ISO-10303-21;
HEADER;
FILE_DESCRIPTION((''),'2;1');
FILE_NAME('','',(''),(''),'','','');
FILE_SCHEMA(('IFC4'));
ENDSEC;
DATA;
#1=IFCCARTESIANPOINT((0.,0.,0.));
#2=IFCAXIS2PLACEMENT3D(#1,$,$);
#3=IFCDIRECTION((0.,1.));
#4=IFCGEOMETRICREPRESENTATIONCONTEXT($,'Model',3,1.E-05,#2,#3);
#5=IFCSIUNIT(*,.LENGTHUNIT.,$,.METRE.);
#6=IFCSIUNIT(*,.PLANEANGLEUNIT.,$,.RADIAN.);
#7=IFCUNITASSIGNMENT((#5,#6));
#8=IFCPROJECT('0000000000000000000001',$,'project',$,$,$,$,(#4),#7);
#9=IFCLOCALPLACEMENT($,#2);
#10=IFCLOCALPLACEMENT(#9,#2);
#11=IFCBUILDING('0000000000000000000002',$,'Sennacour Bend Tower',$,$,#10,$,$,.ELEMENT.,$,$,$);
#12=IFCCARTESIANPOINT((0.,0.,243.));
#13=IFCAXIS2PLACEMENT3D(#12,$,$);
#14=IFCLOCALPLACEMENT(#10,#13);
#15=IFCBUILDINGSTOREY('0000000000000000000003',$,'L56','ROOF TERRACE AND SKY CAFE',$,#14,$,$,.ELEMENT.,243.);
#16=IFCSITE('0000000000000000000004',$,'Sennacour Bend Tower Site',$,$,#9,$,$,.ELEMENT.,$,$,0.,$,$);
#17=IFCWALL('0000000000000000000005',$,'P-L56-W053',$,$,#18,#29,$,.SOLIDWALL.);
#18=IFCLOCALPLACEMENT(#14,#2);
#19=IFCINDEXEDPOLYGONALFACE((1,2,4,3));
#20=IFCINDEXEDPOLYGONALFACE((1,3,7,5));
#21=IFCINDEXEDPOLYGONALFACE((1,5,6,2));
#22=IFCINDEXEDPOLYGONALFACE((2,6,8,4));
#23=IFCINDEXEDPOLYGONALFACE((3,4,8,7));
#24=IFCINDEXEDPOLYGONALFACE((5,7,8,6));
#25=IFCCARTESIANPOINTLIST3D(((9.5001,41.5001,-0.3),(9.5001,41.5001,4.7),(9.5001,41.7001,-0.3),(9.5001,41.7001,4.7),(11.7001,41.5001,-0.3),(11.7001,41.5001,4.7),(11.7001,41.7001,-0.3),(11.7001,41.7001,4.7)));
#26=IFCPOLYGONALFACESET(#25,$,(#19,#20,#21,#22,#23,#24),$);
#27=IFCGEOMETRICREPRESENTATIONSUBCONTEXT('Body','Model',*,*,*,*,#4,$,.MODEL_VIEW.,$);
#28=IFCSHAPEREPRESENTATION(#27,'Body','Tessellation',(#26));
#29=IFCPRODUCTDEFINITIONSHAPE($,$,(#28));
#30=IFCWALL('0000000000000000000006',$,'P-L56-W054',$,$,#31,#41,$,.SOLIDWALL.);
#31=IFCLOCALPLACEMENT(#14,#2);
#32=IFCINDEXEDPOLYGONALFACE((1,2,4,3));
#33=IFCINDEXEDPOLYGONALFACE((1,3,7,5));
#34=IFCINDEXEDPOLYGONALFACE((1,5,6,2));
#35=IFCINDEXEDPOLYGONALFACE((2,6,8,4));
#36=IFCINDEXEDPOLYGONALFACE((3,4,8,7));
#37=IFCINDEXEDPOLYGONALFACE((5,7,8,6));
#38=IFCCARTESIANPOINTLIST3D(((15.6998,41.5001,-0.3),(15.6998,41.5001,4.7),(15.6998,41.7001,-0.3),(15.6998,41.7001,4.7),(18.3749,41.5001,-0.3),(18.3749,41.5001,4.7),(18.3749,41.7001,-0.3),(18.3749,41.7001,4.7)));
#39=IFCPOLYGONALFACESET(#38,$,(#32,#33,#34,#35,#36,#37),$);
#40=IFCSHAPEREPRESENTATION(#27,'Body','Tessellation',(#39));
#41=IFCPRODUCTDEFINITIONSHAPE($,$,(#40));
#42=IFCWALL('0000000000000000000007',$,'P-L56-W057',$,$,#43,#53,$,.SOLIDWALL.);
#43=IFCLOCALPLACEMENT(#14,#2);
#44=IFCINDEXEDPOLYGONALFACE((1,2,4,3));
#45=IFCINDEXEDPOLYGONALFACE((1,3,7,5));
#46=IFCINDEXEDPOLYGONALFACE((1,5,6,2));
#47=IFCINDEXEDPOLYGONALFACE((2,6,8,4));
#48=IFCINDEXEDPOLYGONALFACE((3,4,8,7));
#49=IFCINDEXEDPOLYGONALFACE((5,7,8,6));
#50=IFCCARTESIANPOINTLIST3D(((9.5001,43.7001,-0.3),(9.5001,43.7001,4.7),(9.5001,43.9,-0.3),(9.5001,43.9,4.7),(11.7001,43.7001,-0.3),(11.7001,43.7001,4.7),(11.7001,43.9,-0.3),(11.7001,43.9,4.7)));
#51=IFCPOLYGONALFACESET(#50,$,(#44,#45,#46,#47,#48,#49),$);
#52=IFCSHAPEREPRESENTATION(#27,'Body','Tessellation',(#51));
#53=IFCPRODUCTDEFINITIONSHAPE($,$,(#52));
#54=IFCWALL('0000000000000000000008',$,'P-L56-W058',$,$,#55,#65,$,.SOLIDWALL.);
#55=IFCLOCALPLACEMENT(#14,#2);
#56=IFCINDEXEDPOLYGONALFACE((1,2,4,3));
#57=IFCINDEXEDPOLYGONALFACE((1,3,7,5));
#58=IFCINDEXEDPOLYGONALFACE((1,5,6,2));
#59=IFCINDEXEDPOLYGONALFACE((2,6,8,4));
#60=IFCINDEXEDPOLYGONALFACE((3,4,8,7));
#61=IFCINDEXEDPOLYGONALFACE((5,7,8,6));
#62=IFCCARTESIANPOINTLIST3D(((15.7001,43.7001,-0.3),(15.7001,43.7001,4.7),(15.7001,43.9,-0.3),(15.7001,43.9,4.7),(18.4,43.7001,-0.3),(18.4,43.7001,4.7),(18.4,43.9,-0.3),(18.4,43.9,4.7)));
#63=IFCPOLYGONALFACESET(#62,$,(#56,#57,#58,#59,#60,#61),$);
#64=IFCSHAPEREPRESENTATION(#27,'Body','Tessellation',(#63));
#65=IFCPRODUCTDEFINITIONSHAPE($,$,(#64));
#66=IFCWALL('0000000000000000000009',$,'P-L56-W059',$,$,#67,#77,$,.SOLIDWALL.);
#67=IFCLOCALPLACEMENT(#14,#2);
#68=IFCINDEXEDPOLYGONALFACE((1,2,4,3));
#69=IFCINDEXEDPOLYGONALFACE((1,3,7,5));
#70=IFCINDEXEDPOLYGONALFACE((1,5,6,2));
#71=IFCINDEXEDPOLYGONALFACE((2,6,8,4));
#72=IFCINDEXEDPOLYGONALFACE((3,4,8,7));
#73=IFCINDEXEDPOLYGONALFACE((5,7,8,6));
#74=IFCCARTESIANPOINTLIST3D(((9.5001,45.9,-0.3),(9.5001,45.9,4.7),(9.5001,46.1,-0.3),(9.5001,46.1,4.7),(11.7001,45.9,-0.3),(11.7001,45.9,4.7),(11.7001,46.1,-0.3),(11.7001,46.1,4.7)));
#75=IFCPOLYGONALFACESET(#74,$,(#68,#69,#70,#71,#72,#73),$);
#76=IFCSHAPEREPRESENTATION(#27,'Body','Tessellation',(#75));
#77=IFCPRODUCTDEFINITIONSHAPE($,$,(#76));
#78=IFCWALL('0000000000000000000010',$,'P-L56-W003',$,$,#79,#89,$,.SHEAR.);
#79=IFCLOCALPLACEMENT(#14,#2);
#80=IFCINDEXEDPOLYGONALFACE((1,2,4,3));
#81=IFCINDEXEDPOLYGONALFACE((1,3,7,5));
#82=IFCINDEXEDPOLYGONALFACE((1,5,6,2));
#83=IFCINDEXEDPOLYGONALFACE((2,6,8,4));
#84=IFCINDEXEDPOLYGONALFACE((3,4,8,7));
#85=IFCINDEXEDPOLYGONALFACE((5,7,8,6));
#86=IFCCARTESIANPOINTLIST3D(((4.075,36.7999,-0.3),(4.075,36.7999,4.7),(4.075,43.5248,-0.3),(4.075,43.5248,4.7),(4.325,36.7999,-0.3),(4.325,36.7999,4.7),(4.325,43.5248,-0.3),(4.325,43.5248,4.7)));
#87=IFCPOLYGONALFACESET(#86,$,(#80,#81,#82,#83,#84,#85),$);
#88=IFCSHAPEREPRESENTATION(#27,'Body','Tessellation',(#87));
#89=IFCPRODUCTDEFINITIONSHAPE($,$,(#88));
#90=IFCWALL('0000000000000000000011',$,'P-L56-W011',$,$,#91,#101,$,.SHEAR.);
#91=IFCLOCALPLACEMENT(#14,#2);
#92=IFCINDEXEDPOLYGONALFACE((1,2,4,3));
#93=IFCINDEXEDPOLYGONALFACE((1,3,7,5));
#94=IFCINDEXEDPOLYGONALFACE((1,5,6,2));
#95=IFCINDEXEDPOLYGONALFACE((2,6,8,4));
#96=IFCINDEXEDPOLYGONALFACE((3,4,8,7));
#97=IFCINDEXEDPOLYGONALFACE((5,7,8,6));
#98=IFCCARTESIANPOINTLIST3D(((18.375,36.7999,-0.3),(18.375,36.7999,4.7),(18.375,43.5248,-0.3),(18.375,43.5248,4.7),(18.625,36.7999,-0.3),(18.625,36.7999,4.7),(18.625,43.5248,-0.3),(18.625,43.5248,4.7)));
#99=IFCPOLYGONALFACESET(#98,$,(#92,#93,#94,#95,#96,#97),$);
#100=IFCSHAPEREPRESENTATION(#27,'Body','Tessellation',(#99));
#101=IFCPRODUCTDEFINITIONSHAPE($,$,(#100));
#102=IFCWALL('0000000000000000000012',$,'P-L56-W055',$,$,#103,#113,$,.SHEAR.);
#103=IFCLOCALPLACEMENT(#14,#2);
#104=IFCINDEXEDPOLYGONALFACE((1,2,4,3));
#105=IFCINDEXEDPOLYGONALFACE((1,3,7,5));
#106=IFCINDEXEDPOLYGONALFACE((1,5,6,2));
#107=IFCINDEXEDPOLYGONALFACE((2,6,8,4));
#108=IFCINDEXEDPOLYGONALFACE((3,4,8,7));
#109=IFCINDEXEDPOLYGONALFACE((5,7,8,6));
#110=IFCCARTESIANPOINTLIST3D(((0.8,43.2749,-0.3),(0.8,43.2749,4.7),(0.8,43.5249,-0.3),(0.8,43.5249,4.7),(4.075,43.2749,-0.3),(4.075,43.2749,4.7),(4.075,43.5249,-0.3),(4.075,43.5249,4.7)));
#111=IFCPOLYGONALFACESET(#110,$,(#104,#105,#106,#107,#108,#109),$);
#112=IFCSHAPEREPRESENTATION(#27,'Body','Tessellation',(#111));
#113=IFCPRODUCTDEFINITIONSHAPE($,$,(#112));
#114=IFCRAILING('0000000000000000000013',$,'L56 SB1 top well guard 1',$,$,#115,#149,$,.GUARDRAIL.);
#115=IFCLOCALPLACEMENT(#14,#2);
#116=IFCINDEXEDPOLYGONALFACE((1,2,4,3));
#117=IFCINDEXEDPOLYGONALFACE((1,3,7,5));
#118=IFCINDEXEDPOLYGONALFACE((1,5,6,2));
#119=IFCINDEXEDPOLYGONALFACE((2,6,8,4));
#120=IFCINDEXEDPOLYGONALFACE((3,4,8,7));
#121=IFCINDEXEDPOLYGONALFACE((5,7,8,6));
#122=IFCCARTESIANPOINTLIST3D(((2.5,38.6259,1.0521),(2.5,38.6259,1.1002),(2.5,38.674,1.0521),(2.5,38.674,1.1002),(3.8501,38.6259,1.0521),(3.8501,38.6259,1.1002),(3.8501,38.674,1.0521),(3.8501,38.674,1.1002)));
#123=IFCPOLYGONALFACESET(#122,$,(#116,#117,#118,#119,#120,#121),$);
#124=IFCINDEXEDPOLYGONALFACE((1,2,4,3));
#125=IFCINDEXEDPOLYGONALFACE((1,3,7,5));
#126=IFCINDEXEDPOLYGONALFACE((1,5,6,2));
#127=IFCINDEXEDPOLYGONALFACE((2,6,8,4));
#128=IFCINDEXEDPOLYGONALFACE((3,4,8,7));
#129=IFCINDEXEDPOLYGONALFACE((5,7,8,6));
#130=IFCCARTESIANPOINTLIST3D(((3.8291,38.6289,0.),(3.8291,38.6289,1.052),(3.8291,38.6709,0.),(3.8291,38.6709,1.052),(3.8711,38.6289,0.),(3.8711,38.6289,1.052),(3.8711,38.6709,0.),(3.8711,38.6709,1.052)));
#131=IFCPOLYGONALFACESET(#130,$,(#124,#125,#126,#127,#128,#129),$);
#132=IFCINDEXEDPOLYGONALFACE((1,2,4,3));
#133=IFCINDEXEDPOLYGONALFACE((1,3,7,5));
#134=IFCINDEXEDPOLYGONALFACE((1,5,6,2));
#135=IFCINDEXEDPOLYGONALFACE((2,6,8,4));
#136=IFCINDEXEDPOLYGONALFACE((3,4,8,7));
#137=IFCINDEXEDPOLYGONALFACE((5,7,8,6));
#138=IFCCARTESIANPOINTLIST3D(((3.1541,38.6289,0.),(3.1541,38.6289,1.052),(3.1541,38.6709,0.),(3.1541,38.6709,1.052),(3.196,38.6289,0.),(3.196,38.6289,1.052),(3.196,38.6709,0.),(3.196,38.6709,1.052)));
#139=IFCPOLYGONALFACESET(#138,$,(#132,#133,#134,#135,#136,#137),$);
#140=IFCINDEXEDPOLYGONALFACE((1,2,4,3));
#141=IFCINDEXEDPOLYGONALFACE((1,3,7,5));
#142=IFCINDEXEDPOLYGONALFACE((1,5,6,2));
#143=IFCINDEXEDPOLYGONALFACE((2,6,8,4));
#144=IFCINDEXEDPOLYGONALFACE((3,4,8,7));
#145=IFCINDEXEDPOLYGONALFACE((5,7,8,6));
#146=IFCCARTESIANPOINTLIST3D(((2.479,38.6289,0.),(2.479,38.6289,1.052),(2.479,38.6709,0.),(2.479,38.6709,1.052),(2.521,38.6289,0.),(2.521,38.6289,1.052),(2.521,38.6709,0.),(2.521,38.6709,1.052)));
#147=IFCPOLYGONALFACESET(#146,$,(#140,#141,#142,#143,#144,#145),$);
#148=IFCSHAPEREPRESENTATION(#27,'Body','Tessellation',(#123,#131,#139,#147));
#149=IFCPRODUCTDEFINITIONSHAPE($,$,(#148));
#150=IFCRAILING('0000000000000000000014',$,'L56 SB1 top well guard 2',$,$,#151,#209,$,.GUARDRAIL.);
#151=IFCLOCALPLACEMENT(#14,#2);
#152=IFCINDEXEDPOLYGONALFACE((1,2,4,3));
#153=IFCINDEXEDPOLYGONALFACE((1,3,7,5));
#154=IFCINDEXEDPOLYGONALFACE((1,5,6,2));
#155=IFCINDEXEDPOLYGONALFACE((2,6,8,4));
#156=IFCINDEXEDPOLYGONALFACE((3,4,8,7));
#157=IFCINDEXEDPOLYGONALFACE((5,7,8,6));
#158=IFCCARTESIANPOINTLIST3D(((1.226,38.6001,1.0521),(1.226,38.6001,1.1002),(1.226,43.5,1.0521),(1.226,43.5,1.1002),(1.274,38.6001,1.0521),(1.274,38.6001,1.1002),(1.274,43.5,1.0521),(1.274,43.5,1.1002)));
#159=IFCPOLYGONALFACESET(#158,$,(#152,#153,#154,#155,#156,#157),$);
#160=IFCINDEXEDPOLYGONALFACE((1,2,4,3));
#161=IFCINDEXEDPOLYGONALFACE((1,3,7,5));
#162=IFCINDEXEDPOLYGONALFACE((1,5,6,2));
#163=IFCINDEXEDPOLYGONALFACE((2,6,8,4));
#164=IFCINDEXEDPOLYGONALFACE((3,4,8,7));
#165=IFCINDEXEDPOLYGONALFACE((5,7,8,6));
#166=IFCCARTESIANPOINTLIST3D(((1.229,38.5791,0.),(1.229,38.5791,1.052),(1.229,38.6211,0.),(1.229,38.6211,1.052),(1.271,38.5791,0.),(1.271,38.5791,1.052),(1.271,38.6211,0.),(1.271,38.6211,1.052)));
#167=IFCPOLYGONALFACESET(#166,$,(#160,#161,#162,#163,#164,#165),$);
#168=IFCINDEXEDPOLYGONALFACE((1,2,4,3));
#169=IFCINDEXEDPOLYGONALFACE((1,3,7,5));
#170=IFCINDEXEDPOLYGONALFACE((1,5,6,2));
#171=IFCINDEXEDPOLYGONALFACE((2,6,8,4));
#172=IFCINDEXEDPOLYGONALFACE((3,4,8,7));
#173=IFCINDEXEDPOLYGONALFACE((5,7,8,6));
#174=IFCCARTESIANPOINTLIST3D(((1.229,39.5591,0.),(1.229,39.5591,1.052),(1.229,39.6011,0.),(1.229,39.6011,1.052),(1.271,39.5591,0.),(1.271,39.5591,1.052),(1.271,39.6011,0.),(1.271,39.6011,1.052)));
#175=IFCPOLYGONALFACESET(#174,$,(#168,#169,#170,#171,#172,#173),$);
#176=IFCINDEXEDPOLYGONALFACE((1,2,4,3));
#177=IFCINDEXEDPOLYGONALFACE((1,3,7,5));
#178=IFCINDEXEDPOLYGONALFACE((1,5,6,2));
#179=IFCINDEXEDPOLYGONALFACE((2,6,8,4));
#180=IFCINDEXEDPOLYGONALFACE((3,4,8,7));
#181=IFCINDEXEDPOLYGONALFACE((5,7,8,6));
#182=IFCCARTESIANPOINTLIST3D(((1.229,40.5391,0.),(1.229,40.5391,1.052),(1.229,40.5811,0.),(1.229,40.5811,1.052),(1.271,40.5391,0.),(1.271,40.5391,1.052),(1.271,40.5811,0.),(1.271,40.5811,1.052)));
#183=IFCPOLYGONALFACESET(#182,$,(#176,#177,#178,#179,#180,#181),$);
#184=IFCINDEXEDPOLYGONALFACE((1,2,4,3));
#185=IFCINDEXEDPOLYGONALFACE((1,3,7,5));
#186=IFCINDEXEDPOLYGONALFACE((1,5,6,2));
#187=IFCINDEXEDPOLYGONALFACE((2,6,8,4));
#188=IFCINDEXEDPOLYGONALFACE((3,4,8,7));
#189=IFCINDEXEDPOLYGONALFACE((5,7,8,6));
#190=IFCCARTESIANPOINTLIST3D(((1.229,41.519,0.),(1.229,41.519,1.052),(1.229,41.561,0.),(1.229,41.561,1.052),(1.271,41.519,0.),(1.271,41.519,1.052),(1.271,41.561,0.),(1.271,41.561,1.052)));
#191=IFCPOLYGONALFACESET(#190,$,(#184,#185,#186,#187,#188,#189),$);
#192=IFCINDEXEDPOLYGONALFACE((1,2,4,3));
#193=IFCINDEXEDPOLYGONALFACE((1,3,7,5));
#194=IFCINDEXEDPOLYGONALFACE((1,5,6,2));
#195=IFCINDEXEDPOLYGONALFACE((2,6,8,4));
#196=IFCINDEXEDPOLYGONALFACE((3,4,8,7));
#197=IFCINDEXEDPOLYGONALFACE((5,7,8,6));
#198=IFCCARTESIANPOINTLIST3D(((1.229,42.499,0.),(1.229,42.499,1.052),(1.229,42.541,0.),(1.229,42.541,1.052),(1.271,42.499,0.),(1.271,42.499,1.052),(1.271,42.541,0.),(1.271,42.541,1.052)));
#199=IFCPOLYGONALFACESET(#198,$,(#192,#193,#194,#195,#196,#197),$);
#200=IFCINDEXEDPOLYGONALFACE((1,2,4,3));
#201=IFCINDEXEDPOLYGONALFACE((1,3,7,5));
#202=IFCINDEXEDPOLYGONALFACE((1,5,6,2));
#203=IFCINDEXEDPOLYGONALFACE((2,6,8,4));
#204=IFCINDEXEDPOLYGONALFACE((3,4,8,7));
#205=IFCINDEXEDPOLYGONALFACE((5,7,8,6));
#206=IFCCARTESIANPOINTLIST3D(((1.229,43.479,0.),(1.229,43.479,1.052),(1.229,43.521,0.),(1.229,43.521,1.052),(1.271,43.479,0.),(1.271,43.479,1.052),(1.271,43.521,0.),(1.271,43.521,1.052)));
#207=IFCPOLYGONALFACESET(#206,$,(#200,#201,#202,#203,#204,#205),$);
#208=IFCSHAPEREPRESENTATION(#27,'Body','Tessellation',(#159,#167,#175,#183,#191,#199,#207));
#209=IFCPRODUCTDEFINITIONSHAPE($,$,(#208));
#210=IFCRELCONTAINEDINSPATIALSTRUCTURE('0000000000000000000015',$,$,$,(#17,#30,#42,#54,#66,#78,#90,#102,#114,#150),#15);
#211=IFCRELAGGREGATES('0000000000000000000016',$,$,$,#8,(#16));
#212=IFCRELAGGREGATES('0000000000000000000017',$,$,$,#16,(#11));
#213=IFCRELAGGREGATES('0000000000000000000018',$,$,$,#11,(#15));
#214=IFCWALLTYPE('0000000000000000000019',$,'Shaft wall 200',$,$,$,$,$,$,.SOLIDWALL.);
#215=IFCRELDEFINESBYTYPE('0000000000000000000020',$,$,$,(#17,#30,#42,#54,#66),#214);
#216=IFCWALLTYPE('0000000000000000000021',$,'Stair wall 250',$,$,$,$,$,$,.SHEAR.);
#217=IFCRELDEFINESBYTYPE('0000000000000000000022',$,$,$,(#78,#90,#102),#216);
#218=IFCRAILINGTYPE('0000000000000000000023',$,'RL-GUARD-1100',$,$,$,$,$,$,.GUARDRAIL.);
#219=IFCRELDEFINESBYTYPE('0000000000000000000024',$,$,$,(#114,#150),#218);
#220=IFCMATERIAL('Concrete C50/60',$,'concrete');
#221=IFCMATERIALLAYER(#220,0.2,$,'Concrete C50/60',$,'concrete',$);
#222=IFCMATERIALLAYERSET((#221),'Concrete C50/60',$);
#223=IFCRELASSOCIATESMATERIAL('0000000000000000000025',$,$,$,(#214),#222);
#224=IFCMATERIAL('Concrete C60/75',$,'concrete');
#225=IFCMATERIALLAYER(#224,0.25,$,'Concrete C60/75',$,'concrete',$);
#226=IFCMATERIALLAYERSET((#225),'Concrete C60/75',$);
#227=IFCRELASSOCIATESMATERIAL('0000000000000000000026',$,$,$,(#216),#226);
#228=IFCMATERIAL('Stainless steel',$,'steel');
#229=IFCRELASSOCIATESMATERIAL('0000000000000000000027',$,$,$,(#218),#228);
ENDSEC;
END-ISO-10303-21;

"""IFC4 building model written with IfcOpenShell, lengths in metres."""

from ifc_helpers import new_model, si_unit, direction, frame, frame_2d, origin, origin_2d, place, context, subcontext, project, spatial, rectangle, extrude, material, layer, layer_set, type_object, element, save


model = new_model("IFC4")

# Units and contexts
model_context = context("Model", 3, precision=1e-05, world=origin(), true_north=direction((0.0, 1.0)))
body_context = subcontext(model_context, "Body", "Model", "MODEL_VIEW")
ifc_project = project(units=[si_unit("LENGTHUNIT", "METRE"), si_unit("PLANEANGLEUNIT", "RADIAN")], contexts=[model_context])

# Site, building, storey
site_placement = place(None, origin())
site = spatial("IfcSite", under=ifc_project, at=site_placement, Name="Sennacour Bend Tower Site", CompositionType="ELEMENT", RefElevation=0.0)
building_placement = place(site_placement, origin())
building = spatial("IfcBuilding", under=site, at=building_placement, Name="Sennacour Bend Tower", CompositionType="ELEMENT")
storey_placement = place(building_placement, frame((0.0, 0.0, 243.0)))
storey = spatial("IfcBuildingStorey", under=building, at=storey_placement, Name="L56", Description="ROOF TERRACE AND SKY CAFE", CompositionType="ELEMENT", Elevation=243.0)

# Shared definitions
ifc_material_1 = material(Name="Concrete C50/60", Category="concrete")

# Walls
ifc_layer_1 = layer(ifc_material_1, 0.2, Name="Concrete C50/60", Category="concrete")
ifc_layer_set_1 = layer_set([ifc_layer_1], Name="Concrete C50/60")
wall_type_1 = type_object("IfcWallType", Name="Shaft wall 200", PredefinedType="SOLIDWALL", material=ifc_layer_set_1)
wall_1_placement = place(storey_placement, frame((9.5, 41.6001, -0.3), z_axis=(0.0, 0.0, 1.0), x_axis=(1.0, 0.0, 0.0)))
element("IfcWall", 1, at=wall_1_placement, inside=storey, type_object=wall_type_1, Name="P-L56-W053", PredefinedType="SOLIDWALL", context=body_context, shape_type="SweptSolid", body=[
    extrude(rectangle(XDim=2.2, YDim=0.2, at=frame_2d((1.1001, 0.0))), origin(), (0.0, 0.0, 1.0), 5.0),
])
wall_2_placement = place(storey_placement, frame((15.7, 41.6001, -0.3), z_axis=(0.0, 0.0, 1.0), x_axis=(1.0, 0.0, 0.0)))
element("IfcWall", 2, at=wall_2_placement, inside=storey, type_object=wall_type_1, Name="P-L56-W054", PredefinedType="SOLIDWALL", context=body_context, shape_type="SweptSolid", body=[
    extrude(rectangle(XDim=2.675, YDim=0.2, at=frame_2d((1.3374, 0.0))), origin(), (0.0, 0.0, 1.0), 5.0),
])
wall_3_placement = place(storey_placement, frame((9.5, 43.8, -0.3), z_axis=(0.0, 0.0, 1.0), x_axis=(1.0, 0.0, 0.0)))
element("IfcWall", 3, at=wall_3_placement, inside=storey, type_object=wall_type_1, Name="P-L56-W057", PredefinedType="SOLIDWALL", context=body_context, shape_type="SweptSolid", body=[
    extrude(rectangle(XDim=2.2, YDim=0.2, at=frame_2d((1.1001, 0.0))), origin(), (0.0, 0.0, 1.0), 5.0),
])
wall_4_placement = place(storey_placement, frame((15.7, 43.8, -0.3), z_axis=(0.0, 0.0, 1.0), x_axis=(1.0, 0.0, 0.0)))
element("IfcWall", 4, at=wall_4_placement, inside=storey, type_object=wall_type_1, Name="P-L56-W058", PredefinedType="SOLIDWALL", context=body_context, shape_type="SweptSolid", body=[
    extrude(rectangle(XDim=2.7, YDim=0.2, at=frame_2d((1.3501, 0.0))), origin(), (0.0, 0.0, 1.0), 5.0),
])
wall_5_placement = place(storey_placement, frame((9.5, 46.0, -0.3), z_axis=(0.0, 0.0, 1.0), x_axis=(1.0, 0.0, 0.0)))
element("IfcWall", 5, at=wall_5_placement, inside=storey, type_object=wall_type_1, Name="P-L56-W059", PredefinedType="SOLIDWALL", context=body_context, shape_type="SweptSolid", body=[
    extrude(rectangle(XDim=2.2, YDim=0.2, at=frame_2d((1.1001, 0.0))), origin(), (0.0, 0.0, 1.0), 5.0),
])
ifc_material_2 = material(Name="Concrete C60/75", Category="concrete")
ifc_layer_2 = layer(ifc_material_2, 0.25, Name="Concrete C60/75", Category="concrete")
ifc_layer_set_2 = layer_set([ifc_layer_2], Name="Concrete C60/75")
wall_type_2 = type_object("IfcWallType", Name="Stair wall 250", PredefinedType="SHEAR", material=ifc_layer_set_2)
for number, where, z_axis, x_axis, name in (
    (6, (4.2, 36.8, -0.3), (0.0, 0.0, 1.0), (0.0, 1.0, 0.0), "P-L56-W003"),
    (7, (18.5, 36.8, -0.3), (0.0, 0.0, 1.0), (0.0, 1.0, 0.0), "P-L56-W011"),
):
    element("IfcWall", number, at=place(storey_placement, frame(where, z_axis=z_axis, x_axis=x_axis)), inside=storey, type_object=wall_type_2, Name=name, PredefinedType="SHEAR", context=body_context, shape_type="SweptSolid", body=[
        extrude(rectangle(XDim=6.7249, YDim=0.25, at=frame_2d((3.3623, 0.0))), origin(), (0.0, 0.0, 1.0), 5.0),
    ])
wall_6_placement = place(storey_placement, frame((0.8, 43.3999, -0.3), z_axis=(0.0, 0.0, 1.0), x_axis=(1.0, 0.0, 0.0)))
element("IfcWall", 8, at=wall_6_placement, inside=storey, type_object=wall_type_2, Name="P-L56-W055", PredefinedType="SHEAR", context=body_context, shape_type="SweptSolid", body=[
    extrude(rectangle(XDim=3.2749, YDim=0.25, at=frame_2d((1.6375, 0.0))), origin(), (0.0, 0.0, 1.0), 5.0),
])

# Railings
ifc_material_3 = material(Name="Stainless steel", Category="steel")
railing_type_1 = type_object("IfcRailingType", Name="RL-GUARD-1100", PredefinedType="GUARDRAIL", material=ifc_material_3)
railing_1_placement = place(storey_placement, frame((3.8501, 38.6499, 0.0)))
element("IfcRailing", 9, at=railing_1_placement, inside=storey, type_object=railing_type_1, Name="L56 SB1 top well guard 1", PredefinedType="GUARDRAIL", context=body_context, shape_type="SweptSolid", body=[
    extrude(rectangle(XDim=0.0481, YDim=0.0481, at=origin_2d()), frame((0.0, 0.0, 1.0762), z_axis=(-1.0, 0.0, 0.0), x_axis=(0.0, -1.0, 0.0)), (0.0, 0.0, 1.0), 1.3501),
    extrude(rectangle(XDim=0.042, YDim=0.042, at=origin_2d()), origin(), (0.0, 0.0, 1.0), 1.052),
    extrude(rectangle(XDim=0.042, YDim=0.042, at=origin_2d()), frame((-0.675, 0.0, 0.0)), (0.0, 0.0, 1.0), 1.052),
    extrude(rectangle(XDim=0.042, YDim=0.042, at=origin_2d()), frame((-1.3501, 0.0, 0.0)), (0.0, 0.0, 1.0), 1.052),
])
railing_2_placement = place(storey_placement, frame((1.25, 38.6001, 0.0)))
element("IfcRailing", 10, at=railing_2_placement, inside=storey, type_object=railing_type_1, Name="L56 SB1 top well guard 2", PredefinedType="GUARDRAIL", context=body_context, shape_type="SweptSolid", body=[
    extrude(rectangle(XDim=0.0481, YDim=0.0481, at=origin_2d()), frame((0.0, 0.0, 1.0762), z_axis=(0.0, 1.0, 0.0), x_axis=(-1.0, 0.0, 0.0)), (0.0, 0.0, 1.0), 4.8999),
    extrude(rectangle(XDim=0.042, YDim=0.042, at=origin_2d()), origin(), (0.0, 0.0, 1.0), 1.052),
    extrude(rectangle(XDim=0.042, YDim=0.042, at=origin_2d()), frame((0.0, 0.98, 0.0)), (0.0, 0.0, 1.0), 1.052),
    extrude(rectangle(XDim=0.042, YDim=0.042, at=origin_2d()), frame((0.0, 1.96, 0.0)), (0.0, 0.0, 1.0), 1.052),
    extrude(rectangle(XDim=0.042, YDim=0.042, at=origin_2d()), frame((0.0, 2.9399, 0.0)), (0.0, 0.0, 1.0), 1.052),
    extrude(rectangle(XDim=0.042, YDim=0.042, at=origin_2d()), frame((0.0, 3.9199, 0.0)), (0.0, 0.0, 1.0), 1.052),
    extrude(rectangle(XDim=0.042, YDim=0.042, at=origin_2d()), frame((0.0, 4.8999, 0.0)), (0.0, 0.0, 1.0), 1.052),
])

save(model, "model.ifc")
